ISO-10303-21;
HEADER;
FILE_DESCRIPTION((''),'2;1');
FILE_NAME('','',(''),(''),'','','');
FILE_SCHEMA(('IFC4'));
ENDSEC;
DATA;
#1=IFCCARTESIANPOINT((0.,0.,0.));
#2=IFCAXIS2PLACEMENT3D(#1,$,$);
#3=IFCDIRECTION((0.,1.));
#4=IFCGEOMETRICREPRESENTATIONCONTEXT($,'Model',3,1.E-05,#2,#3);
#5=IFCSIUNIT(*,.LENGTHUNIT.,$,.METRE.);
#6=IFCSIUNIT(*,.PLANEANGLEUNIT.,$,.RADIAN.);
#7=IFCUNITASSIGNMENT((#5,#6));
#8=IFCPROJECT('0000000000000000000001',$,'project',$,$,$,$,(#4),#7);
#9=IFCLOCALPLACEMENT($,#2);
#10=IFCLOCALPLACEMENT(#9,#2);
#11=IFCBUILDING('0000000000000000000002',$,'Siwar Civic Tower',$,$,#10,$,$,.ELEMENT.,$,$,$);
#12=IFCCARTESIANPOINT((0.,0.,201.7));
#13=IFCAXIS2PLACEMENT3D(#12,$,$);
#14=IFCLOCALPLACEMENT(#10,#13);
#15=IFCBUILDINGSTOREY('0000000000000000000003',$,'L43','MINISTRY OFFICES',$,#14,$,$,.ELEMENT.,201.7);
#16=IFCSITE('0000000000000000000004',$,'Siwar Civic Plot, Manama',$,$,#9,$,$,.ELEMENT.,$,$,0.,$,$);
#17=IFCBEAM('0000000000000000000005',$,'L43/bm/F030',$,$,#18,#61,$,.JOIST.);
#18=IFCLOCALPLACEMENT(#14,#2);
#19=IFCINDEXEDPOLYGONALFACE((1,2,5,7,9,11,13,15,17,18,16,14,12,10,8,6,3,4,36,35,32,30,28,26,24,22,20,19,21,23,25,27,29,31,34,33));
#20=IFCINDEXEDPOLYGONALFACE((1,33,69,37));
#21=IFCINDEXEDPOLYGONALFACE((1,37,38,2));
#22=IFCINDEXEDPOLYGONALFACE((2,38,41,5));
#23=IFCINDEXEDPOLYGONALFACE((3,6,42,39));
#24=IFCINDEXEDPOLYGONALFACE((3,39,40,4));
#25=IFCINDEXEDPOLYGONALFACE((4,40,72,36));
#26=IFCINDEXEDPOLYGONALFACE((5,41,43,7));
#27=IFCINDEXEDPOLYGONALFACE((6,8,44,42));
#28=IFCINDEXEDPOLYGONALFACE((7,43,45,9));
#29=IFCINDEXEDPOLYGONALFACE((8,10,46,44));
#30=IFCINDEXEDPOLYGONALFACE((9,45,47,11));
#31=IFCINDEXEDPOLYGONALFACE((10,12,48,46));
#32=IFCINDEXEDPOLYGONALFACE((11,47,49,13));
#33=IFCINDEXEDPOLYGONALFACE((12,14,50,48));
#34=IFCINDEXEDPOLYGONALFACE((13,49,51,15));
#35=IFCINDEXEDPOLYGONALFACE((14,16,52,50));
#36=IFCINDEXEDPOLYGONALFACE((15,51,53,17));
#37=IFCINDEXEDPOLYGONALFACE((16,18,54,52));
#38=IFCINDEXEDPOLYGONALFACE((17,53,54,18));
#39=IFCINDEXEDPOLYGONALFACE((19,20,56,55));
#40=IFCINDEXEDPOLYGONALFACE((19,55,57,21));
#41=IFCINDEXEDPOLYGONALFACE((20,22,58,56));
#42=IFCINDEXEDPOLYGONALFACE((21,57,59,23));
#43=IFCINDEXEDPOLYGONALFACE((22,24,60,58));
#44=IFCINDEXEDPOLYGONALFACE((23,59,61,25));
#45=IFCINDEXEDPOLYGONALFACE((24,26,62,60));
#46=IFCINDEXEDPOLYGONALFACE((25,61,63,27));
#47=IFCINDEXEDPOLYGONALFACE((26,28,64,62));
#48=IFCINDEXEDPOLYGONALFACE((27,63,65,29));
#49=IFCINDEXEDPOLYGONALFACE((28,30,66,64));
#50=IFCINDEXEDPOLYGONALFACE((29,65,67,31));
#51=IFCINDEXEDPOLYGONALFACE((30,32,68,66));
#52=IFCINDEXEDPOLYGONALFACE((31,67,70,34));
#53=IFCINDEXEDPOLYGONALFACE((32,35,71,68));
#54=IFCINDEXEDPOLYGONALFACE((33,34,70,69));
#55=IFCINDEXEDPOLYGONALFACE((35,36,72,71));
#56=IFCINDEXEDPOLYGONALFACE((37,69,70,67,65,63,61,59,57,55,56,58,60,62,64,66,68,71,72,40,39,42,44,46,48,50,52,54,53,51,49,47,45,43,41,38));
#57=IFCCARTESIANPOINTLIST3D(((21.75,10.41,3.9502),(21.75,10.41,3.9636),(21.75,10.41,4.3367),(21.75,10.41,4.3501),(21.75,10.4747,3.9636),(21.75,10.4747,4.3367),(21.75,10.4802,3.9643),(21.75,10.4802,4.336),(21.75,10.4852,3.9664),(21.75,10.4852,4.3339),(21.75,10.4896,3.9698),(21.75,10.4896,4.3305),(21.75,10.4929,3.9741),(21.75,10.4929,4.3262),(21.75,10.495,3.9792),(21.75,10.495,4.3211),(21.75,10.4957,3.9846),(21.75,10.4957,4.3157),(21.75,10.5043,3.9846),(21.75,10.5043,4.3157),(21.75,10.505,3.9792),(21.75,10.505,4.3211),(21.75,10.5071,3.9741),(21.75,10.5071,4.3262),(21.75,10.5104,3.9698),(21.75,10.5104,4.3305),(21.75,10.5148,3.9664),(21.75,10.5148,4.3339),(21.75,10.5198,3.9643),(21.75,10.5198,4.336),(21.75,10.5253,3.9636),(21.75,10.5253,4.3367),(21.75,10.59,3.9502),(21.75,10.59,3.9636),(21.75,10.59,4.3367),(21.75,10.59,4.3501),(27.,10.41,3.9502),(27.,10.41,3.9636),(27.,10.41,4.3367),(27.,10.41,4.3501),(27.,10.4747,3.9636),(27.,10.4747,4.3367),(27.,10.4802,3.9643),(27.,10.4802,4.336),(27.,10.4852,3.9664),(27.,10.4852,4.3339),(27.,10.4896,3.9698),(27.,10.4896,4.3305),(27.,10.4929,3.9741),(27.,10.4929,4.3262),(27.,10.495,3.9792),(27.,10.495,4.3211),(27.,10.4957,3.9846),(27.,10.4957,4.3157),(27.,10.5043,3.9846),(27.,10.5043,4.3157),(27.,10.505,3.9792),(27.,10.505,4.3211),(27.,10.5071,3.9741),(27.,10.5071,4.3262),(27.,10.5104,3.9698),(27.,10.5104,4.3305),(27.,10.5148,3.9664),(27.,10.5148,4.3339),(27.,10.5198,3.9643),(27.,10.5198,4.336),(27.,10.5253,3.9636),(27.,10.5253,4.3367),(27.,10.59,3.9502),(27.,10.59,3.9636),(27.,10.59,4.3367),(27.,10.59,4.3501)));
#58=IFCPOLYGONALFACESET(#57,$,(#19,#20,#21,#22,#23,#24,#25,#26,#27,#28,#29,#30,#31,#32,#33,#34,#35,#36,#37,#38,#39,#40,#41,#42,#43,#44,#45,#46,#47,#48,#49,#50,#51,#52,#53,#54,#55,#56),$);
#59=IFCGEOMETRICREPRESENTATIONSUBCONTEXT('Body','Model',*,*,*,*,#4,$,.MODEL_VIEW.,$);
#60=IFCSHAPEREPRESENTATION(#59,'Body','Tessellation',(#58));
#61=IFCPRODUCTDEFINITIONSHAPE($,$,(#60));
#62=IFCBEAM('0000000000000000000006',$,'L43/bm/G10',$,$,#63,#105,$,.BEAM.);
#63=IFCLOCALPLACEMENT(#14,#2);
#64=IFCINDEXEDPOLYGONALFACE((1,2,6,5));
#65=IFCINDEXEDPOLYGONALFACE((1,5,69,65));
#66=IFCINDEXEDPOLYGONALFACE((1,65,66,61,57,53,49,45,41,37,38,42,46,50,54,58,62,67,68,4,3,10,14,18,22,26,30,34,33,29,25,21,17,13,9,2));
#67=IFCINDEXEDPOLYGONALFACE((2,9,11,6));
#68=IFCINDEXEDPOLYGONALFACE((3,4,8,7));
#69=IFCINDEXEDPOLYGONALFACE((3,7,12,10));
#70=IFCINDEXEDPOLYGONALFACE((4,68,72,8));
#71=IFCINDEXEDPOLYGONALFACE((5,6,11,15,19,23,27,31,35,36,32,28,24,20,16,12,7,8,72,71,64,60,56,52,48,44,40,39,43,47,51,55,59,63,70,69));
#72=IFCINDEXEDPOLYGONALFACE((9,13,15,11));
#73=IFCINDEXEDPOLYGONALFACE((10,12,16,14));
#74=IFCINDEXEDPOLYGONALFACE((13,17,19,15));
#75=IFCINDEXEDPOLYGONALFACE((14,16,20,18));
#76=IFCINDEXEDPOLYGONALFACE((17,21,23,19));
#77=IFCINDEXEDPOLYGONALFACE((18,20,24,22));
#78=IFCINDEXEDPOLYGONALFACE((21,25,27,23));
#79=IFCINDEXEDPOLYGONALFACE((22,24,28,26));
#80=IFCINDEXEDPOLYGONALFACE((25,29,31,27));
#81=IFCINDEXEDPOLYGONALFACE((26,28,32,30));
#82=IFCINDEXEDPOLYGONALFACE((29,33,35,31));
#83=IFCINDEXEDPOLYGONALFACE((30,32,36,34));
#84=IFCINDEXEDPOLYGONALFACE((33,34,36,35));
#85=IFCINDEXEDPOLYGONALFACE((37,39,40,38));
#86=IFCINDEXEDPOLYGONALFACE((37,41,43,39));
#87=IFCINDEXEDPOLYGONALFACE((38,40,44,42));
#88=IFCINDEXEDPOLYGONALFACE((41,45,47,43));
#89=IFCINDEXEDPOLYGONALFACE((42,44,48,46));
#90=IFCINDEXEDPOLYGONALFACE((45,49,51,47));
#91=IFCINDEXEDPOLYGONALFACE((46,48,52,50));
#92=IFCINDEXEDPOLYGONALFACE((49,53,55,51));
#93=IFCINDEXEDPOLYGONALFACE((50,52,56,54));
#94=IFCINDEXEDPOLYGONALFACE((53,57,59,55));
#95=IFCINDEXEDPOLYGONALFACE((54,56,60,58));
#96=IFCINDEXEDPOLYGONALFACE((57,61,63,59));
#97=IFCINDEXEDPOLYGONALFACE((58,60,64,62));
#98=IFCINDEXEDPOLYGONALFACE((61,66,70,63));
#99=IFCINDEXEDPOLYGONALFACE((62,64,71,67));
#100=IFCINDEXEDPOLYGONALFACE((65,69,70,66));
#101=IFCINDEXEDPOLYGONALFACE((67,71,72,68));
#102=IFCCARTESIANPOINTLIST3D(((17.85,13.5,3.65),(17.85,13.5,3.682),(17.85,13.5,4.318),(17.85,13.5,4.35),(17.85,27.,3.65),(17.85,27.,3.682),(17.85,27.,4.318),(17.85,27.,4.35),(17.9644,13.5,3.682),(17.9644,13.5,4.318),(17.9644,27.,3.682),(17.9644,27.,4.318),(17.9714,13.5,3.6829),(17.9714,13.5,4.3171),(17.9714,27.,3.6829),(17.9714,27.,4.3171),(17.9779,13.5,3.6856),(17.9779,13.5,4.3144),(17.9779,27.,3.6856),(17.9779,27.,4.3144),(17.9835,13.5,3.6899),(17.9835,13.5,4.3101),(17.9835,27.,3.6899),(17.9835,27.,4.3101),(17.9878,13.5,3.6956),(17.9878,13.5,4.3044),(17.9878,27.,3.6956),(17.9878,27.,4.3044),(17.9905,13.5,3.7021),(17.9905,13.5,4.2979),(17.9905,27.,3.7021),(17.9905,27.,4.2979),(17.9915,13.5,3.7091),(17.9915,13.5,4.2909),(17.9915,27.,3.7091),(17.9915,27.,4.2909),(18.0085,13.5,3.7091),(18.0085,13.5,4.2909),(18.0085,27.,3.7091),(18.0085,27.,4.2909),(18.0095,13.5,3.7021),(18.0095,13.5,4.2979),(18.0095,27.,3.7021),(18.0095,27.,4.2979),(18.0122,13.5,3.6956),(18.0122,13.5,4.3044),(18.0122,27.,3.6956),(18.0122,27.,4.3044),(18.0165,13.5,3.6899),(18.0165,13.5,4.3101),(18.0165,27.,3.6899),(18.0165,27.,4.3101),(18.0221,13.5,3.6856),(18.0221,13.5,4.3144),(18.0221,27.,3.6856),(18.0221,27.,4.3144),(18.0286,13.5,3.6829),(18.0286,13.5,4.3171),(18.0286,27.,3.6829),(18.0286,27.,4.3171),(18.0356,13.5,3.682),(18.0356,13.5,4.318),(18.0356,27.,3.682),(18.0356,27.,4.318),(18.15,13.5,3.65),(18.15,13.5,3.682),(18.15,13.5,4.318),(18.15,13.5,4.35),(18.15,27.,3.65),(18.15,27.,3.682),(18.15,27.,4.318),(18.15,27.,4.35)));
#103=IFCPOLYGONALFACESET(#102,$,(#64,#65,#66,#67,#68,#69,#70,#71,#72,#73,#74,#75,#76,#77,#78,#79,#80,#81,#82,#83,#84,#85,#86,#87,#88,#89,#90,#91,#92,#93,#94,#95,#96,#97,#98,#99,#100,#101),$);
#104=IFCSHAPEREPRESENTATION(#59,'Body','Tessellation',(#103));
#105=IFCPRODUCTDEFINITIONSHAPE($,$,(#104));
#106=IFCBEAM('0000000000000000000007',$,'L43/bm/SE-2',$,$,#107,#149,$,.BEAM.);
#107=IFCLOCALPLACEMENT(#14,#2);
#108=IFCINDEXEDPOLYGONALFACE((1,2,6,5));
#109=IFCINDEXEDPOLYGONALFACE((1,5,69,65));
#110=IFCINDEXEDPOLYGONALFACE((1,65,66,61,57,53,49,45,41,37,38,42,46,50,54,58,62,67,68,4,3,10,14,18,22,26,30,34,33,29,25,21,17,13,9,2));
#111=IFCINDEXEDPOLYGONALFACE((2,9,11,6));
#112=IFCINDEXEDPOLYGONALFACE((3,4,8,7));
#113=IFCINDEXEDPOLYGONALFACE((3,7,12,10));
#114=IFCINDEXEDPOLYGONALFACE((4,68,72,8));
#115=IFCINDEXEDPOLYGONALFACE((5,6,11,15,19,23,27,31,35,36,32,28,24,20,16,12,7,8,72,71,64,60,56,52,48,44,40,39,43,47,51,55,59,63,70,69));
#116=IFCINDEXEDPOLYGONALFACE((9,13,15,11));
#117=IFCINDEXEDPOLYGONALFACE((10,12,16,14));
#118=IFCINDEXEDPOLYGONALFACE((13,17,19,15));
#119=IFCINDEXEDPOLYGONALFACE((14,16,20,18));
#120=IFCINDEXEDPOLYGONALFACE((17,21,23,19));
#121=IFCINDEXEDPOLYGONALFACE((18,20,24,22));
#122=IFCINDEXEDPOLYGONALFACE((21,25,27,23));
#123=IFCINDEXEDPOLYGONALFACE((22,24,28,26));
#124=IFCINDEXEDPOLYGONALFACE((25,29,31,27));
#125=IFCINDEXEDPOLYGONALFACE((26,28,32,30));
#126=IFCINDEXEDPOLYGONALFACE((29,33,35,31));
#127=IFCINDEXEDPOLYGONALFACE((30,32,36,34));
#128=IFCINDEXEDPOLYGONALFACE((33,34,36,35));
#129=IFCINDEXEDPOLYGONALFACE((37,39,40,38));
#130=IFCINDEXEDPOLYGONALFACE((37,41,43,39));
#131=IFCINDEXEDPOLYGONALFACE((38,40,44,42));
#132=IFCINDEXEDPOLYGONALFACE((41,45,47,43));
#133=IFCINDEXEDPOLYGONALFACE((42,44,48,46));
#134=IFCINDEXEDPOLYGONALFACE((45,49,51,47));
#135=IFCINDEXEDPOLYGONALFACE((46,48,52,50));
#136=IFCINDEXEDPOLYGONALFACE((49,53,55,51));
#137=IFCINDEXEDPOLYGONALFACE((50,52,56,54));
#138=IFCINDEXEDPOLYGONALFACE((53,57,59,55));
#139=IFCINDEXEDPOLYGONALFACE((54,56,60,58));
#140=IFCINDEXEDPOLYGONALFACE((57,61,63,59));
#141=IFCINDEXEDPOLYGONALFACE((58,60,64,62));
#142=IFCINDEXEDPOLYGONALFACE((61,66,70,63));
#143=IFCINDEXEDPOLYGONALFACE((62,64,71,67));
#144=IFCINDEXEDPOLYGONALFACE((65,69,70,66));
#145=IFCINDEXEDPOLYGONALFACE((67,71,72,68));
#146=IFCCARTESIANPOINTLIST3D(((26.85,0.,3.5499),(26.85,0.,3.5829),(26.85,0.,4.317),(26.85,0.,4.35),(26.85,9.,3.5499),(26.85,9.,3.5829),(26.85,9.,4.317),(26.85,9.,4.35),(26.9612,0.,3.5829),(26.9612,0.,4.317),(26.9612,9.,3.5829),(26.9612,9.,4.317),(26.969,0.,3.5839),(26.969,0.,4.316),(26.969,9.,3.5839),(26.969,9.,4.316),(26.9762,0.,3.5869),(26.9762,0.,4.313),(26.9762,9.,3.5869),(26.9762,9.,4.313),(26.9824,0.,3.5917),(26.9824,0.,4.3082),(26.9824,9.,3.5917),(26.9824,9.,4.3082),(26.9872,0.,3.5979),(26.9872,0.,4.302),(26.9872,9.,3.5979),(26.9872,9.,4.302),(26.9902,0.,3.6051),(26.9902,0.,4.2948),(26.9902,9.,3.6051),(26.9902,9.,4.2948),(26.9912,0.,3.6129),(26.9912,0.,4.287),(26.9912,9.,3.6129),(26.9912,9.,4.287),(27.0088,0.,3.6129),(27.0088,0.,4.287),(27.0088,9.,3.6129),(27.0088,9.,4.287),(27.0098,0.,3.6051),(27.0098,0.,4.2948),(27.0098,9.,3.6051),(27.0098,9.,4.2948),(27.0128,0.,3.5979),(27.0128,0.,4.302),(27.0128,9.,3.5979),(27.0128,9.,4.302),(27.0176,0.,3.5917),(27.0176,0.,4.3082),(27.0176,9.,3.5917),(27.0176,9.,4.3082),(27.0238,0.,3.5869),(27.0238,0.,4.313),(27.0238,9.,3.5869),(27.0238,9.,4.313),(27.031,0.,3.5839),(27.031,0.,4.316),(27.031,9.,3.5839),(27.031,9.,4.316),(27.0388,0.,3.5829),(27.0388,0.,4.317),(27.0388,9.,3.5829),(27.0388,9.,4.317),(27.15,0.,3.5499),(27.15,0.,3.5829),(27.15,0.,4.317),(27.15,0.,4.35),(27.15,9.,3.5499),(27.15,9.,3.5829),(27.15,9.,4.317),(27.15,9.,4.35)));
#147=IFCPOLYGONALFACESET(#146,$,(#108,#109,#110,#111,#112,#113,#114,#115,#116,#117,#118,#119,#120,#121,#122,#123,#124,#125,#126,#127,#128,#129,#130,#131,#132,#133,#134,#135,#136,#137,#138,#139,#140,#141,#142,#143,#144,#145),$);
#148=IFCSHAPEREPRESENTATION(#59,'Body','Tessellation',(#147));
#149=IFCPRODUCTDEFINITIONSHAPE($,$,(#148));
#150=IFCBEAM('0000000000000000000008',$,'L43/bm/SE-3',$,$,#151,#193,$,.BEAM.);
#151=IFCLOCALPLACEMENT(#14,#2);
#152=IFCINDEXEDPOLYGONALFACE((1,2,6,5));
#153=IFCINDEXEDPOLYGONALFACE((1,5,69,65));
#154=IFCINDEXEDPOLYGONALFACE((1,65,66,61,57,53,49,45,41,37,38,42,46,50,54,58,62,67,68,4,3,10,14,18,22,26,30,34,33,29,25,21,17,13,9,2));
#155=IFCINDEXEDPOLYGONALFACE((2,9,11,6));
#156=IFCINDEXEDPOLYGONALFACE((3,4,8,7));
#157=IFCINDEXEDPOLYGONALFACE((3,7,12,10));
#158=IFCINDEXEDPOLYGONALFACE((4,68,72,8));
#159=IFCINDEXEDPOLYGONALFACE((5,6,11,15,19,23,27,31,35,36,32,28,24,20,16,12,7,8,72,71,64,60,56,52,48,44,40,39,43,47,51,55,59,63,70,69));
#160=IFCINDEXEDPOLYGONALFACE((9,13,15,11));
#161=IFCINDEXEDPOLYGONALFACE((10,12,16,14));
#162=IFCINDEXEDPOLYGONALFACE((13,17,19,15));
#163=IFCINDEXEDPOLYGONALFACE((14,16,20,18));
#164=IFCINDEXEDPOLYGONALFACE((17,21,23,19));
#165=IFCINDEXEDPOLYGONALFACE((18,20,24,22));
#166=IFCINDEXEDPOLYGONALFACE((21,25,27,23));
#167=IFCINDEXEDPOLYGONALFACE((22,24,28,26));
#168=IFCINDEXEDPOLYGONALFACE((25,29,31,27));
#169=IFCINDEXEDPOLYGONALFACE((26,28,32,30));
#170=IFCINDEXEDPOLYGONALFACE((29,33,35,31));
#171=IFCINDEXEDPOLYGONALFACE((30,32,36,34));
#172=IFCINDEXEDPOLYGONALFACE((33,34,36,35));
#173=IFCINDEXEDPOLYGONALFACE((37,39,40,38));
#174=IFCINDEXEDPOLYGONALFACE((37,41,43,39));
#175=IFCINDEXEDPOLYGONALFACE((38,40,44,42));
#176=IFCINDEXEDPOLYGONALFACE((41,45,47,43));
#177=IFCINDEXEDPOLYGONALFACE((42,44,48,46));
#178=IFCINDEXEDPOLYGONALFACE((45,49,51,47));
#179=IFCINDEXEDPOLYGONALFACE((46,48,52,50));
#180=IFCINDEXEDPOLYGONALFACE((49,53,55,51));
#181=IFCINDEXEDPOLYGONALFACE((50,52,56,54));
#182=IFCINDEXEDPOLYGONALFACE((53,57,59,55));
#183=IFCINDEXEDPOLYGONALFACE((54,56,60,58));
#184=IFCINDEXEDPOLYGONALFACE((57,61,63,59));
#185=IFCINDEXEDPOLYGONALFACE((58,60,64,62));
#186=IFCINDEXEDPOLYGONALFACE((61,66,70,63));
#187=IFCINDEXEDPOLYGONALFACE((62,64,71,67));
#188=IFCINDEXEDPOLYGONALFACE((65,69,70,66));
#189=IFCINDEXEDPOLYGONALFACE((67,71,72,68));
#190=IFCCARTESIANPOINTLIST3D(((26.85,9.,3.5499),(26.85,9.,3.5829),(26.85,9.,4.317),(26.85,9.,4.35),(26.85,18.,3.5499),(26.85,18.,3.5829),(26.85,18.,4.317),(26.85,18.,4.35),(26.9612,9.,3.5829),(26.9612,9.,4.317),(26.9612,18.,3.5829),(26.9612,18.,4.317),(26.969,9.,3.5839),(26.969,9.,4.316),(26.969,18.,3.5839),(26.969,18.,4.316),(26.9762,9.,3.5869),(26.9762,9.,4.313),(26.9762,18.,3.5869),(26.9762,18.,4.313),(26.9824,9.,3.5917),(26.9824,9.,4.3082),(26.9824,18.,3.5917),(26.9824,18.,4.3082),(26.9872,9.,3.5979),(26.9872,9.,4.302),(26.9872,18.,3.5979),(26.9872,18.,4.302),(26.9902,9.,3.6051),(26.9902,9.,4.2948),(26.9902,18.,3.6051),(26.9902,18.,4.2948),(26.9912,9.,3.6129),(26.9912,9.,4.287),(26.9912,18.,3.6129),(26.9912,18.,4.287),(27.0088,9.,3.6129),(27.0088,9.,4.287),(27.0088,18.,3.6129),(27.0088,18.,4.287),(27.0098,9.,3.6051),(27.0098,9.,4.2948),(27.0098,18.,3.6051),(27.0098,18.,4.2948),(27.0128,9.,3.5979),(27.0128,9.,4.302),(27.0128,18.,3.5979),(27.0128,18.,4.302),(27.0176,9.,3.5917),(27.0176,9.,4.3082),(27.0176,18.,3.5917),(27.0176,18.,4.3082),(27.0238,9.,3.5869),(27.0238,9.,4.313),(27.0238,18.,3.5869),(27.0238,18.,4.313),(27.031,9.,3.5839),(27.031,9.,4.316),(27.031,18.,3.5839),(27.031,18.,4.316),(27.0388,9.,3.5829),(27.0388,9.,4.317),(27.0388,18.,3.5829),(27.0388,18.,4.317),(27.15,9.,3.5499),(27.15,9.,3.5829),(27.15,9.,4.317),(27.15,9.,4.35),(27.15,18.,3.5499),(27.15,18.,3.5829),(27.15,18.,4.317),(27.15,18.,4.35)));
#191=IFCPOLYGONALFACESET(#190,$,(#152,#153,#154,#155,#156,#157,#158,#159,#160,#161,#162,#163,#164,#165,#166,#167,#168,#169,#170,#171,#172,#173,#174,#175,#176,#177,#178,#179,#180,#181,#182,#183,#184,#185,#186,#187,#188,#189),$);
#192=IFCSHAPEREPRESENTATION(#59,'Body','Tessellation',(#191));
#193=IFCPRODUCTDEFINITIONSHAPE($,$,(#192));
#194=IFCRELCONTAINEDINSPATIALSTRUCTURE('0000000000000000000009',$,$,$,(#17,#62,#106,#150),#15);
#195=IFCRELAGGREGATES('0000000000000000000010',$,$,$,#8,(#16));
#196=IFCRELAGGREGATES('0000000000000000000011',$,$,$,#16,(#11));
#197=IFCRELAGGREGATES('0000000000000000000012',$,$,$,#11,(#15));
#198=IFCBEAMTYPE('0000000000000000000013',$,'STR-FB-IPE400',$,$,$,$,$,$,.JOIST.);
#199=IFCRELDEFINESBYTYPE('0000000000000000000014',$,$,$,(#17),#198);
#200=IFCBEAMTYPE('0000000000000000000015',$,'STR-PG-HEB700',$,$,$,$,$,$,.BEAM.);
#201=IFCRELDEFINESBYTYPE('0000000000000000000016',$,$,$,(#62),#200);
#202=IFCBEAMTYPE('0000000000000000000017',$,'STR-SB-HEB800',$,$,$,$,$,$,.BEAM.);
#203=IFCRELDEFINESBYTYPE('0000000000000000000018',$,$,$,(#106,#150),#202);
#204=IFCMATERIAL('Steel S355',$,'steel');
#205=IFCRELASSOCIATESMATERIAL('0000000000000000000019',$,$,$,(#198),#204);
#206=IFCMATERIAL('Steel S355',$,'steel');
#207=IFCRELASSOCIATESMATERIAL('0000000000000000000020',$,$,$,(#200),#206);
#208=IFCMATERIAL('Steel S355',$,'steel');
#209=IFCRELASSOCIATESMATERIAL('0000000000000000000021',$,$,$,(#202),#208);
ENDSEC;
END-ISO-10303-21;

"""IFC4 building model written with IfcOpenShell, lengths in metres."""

from ifc_helpers import new_model, si_unit, direction, frame, origin, origin_2d, place, context, subcontext, project, spatial, i_section, extrude, material, material_profile, profile_set, type_object, element, save


model = new_model("IFC4")

# Units and contexts
model_context = context("Model", 3, precision=1e-05, world=origin(), true_north=direction((0.0, 1.0)))
body_context = subcontext(model_context, "Body", "Model", "MODEL_VIEW")
ifc_project = project(units=[si_unit("LENGTHUNIT", "METRE"), si_unit("PLANEANGLEUNIT", "RADIAN")], contexts=[model_context])

# Site, building, storey
site_placement = place(None, origin())
site = spatial("IfcSite", under=ifc_project, at=site_placement, Name="Siwar Civic Plot, Manama", CompositionType="ELEMENT", RefElevation=0.0)
building_placement = place(site_placement, origin())
building = spatial("IfcBuilding", under=site, at=building_placement, Name="Siwar Civic Tower", CompositionType="ELEMENT")
storey_placement = place(building_placement, frame((0.0, 0.0, 201.7)))
storey = spatial("IfcBuildingStorey", under=building, at=storey_placement, Name="L43", Description="MINISTRY OFFICES", CompositionType="ELEMENT", Elevation=201.7)

# Beams
ifc_material_1 = material(Name="Steel S355", Category="steel")
ifc_material_profile_1 = material_profile(ifc_material_1, i_section(OverallWidth=0.1799, OverallDepth=0.3999, WebThickness=0.0085, FlangeThickness=0.0134, FilletRadius=0.021, at=origin_2d()), Name="IPE400")
ifc_profile_set_1 = profile_set([ifc_material_profile_1], Name="Steel S355")
beam_type_1 = type_object("IfcBeamType", Name="STR-FB-IPE400", PredefinedType="JOIST", material=ifc_profile_set_1)
for number, where, z_axis, x_axis, name in (
    (1, (21.75, 10.5, 4.1501), (1.0, 0.0, 0.0), (0.0, 1.0, 0.0), "L43/bm/F030"),
):
    element("IfcBeam", number, at=place(storey_placement, frame(where, z_axis=z_axis, x_axis=x_axis)), inside=storey, type_object=beam_type_1, Name=name, PredefinedType="JOIST", context=body_context, shape_type="SweptSolid", body=[
        extrude(i_section(OverallWidth=0.1799, OverallDepth=0.3999, WebThickness=0.0085, FlangeThickness=0.0134, FilletRadius=0.021, at=origin_2d()), origin(), (0.0, 0.0, 1.0), 5.25),
    ])
ifc_material_2 = material(Name="Steel S355", Category="steel")
ifc_material_profile_2 = material_profile(ifc_material_2, i_section(OverallWidth=0.3, OverallDepth=0.7, WebThickness=0.0171, FlangeThickness=0.032, FilletRadius=0.0271, at=origin_2d()), Name="HEB700")
ifc_profile_set_2 = profile_set([ifc_material_profile_2], Name="Steel S355")
beam_type_2 = type_object("IfcBeamType", Name="STR-PG-HEB700", PredefinedType="BEAM", material=ifc_profile_set_2)
beam_placement = place(storey_placement, frame((18.0, 13.5, 4.0), z_axis=(0.0, 1.0, 0.0), x_axis=(-1.0, 0.0, 0.0)))
element("IfcBeam", 2, at=beam_placement, inside=storey, type_object=beam_type_2, Name="L43/bm/G10", PredefinedType="BEAM", context=body_context, shape_type="SweptSolid", body=[
    extrude(i_section(OverallWidth=0.3, OverallDepth=0.7, WebThickness=0.0171, FlangeThickness=0.032, FilletRadius=0.0271, at=origin_2d()), origin(), (0.0, 0.0, 1.0), 13.5),
])
ifc_material_3 = material(Name="Steel S355", Category="steel")
ifc_material_profile_3 = material_profile(ifc_material_3, i_section(OverallWidth=0.3, OverallDepth=0.8, WebThickness=0.0176, FlangeThickness=0.033, FilletRadius=0.03, at=origin_2d()), Name="HEB800")
ifc_profile_set_3 = profile_set([ifc_material_profile_3], Name="Steel S355")
beam_type_3 = type_object("IfcBeamType", Name="STR-SB-HEB800", PredefinedType="BEAM", material=ifc_profile_set_3)
for number, where, z_axis, x_axis, name in (
    (3, (27.0, 0.0, 3.95), (0.0, 1.0, 0.0), (-1.0, 0.0, 0.0), "L43/bm/SE-2"),
    (4, (27.0, 9.0, 3.95), (0.0, 1.0, 0.0), (-1.0, 0.0, 0.0), "L43/bm/SE-3"),
):
    element("IfcBeam", number, at=place(storey_placement, frame(where, z_axis=z_axis, x_axis=x_axis)), inside=storey, type_object=beam_type_3, Name=name, PredefinedType="BEAM", context=body_context, shape_type="SweptSolid", body=[
        extrude(i_section(OverallWidth=0.3, OverallDepth=0.8, WebThickness=0.0176, FlangeThickness=0.033, FilletRadius=0.03, at=origin_2d()), origin(), (0.0, 0.0, 1.0), 9.0),
    ])

save(model, "model.ifc")
